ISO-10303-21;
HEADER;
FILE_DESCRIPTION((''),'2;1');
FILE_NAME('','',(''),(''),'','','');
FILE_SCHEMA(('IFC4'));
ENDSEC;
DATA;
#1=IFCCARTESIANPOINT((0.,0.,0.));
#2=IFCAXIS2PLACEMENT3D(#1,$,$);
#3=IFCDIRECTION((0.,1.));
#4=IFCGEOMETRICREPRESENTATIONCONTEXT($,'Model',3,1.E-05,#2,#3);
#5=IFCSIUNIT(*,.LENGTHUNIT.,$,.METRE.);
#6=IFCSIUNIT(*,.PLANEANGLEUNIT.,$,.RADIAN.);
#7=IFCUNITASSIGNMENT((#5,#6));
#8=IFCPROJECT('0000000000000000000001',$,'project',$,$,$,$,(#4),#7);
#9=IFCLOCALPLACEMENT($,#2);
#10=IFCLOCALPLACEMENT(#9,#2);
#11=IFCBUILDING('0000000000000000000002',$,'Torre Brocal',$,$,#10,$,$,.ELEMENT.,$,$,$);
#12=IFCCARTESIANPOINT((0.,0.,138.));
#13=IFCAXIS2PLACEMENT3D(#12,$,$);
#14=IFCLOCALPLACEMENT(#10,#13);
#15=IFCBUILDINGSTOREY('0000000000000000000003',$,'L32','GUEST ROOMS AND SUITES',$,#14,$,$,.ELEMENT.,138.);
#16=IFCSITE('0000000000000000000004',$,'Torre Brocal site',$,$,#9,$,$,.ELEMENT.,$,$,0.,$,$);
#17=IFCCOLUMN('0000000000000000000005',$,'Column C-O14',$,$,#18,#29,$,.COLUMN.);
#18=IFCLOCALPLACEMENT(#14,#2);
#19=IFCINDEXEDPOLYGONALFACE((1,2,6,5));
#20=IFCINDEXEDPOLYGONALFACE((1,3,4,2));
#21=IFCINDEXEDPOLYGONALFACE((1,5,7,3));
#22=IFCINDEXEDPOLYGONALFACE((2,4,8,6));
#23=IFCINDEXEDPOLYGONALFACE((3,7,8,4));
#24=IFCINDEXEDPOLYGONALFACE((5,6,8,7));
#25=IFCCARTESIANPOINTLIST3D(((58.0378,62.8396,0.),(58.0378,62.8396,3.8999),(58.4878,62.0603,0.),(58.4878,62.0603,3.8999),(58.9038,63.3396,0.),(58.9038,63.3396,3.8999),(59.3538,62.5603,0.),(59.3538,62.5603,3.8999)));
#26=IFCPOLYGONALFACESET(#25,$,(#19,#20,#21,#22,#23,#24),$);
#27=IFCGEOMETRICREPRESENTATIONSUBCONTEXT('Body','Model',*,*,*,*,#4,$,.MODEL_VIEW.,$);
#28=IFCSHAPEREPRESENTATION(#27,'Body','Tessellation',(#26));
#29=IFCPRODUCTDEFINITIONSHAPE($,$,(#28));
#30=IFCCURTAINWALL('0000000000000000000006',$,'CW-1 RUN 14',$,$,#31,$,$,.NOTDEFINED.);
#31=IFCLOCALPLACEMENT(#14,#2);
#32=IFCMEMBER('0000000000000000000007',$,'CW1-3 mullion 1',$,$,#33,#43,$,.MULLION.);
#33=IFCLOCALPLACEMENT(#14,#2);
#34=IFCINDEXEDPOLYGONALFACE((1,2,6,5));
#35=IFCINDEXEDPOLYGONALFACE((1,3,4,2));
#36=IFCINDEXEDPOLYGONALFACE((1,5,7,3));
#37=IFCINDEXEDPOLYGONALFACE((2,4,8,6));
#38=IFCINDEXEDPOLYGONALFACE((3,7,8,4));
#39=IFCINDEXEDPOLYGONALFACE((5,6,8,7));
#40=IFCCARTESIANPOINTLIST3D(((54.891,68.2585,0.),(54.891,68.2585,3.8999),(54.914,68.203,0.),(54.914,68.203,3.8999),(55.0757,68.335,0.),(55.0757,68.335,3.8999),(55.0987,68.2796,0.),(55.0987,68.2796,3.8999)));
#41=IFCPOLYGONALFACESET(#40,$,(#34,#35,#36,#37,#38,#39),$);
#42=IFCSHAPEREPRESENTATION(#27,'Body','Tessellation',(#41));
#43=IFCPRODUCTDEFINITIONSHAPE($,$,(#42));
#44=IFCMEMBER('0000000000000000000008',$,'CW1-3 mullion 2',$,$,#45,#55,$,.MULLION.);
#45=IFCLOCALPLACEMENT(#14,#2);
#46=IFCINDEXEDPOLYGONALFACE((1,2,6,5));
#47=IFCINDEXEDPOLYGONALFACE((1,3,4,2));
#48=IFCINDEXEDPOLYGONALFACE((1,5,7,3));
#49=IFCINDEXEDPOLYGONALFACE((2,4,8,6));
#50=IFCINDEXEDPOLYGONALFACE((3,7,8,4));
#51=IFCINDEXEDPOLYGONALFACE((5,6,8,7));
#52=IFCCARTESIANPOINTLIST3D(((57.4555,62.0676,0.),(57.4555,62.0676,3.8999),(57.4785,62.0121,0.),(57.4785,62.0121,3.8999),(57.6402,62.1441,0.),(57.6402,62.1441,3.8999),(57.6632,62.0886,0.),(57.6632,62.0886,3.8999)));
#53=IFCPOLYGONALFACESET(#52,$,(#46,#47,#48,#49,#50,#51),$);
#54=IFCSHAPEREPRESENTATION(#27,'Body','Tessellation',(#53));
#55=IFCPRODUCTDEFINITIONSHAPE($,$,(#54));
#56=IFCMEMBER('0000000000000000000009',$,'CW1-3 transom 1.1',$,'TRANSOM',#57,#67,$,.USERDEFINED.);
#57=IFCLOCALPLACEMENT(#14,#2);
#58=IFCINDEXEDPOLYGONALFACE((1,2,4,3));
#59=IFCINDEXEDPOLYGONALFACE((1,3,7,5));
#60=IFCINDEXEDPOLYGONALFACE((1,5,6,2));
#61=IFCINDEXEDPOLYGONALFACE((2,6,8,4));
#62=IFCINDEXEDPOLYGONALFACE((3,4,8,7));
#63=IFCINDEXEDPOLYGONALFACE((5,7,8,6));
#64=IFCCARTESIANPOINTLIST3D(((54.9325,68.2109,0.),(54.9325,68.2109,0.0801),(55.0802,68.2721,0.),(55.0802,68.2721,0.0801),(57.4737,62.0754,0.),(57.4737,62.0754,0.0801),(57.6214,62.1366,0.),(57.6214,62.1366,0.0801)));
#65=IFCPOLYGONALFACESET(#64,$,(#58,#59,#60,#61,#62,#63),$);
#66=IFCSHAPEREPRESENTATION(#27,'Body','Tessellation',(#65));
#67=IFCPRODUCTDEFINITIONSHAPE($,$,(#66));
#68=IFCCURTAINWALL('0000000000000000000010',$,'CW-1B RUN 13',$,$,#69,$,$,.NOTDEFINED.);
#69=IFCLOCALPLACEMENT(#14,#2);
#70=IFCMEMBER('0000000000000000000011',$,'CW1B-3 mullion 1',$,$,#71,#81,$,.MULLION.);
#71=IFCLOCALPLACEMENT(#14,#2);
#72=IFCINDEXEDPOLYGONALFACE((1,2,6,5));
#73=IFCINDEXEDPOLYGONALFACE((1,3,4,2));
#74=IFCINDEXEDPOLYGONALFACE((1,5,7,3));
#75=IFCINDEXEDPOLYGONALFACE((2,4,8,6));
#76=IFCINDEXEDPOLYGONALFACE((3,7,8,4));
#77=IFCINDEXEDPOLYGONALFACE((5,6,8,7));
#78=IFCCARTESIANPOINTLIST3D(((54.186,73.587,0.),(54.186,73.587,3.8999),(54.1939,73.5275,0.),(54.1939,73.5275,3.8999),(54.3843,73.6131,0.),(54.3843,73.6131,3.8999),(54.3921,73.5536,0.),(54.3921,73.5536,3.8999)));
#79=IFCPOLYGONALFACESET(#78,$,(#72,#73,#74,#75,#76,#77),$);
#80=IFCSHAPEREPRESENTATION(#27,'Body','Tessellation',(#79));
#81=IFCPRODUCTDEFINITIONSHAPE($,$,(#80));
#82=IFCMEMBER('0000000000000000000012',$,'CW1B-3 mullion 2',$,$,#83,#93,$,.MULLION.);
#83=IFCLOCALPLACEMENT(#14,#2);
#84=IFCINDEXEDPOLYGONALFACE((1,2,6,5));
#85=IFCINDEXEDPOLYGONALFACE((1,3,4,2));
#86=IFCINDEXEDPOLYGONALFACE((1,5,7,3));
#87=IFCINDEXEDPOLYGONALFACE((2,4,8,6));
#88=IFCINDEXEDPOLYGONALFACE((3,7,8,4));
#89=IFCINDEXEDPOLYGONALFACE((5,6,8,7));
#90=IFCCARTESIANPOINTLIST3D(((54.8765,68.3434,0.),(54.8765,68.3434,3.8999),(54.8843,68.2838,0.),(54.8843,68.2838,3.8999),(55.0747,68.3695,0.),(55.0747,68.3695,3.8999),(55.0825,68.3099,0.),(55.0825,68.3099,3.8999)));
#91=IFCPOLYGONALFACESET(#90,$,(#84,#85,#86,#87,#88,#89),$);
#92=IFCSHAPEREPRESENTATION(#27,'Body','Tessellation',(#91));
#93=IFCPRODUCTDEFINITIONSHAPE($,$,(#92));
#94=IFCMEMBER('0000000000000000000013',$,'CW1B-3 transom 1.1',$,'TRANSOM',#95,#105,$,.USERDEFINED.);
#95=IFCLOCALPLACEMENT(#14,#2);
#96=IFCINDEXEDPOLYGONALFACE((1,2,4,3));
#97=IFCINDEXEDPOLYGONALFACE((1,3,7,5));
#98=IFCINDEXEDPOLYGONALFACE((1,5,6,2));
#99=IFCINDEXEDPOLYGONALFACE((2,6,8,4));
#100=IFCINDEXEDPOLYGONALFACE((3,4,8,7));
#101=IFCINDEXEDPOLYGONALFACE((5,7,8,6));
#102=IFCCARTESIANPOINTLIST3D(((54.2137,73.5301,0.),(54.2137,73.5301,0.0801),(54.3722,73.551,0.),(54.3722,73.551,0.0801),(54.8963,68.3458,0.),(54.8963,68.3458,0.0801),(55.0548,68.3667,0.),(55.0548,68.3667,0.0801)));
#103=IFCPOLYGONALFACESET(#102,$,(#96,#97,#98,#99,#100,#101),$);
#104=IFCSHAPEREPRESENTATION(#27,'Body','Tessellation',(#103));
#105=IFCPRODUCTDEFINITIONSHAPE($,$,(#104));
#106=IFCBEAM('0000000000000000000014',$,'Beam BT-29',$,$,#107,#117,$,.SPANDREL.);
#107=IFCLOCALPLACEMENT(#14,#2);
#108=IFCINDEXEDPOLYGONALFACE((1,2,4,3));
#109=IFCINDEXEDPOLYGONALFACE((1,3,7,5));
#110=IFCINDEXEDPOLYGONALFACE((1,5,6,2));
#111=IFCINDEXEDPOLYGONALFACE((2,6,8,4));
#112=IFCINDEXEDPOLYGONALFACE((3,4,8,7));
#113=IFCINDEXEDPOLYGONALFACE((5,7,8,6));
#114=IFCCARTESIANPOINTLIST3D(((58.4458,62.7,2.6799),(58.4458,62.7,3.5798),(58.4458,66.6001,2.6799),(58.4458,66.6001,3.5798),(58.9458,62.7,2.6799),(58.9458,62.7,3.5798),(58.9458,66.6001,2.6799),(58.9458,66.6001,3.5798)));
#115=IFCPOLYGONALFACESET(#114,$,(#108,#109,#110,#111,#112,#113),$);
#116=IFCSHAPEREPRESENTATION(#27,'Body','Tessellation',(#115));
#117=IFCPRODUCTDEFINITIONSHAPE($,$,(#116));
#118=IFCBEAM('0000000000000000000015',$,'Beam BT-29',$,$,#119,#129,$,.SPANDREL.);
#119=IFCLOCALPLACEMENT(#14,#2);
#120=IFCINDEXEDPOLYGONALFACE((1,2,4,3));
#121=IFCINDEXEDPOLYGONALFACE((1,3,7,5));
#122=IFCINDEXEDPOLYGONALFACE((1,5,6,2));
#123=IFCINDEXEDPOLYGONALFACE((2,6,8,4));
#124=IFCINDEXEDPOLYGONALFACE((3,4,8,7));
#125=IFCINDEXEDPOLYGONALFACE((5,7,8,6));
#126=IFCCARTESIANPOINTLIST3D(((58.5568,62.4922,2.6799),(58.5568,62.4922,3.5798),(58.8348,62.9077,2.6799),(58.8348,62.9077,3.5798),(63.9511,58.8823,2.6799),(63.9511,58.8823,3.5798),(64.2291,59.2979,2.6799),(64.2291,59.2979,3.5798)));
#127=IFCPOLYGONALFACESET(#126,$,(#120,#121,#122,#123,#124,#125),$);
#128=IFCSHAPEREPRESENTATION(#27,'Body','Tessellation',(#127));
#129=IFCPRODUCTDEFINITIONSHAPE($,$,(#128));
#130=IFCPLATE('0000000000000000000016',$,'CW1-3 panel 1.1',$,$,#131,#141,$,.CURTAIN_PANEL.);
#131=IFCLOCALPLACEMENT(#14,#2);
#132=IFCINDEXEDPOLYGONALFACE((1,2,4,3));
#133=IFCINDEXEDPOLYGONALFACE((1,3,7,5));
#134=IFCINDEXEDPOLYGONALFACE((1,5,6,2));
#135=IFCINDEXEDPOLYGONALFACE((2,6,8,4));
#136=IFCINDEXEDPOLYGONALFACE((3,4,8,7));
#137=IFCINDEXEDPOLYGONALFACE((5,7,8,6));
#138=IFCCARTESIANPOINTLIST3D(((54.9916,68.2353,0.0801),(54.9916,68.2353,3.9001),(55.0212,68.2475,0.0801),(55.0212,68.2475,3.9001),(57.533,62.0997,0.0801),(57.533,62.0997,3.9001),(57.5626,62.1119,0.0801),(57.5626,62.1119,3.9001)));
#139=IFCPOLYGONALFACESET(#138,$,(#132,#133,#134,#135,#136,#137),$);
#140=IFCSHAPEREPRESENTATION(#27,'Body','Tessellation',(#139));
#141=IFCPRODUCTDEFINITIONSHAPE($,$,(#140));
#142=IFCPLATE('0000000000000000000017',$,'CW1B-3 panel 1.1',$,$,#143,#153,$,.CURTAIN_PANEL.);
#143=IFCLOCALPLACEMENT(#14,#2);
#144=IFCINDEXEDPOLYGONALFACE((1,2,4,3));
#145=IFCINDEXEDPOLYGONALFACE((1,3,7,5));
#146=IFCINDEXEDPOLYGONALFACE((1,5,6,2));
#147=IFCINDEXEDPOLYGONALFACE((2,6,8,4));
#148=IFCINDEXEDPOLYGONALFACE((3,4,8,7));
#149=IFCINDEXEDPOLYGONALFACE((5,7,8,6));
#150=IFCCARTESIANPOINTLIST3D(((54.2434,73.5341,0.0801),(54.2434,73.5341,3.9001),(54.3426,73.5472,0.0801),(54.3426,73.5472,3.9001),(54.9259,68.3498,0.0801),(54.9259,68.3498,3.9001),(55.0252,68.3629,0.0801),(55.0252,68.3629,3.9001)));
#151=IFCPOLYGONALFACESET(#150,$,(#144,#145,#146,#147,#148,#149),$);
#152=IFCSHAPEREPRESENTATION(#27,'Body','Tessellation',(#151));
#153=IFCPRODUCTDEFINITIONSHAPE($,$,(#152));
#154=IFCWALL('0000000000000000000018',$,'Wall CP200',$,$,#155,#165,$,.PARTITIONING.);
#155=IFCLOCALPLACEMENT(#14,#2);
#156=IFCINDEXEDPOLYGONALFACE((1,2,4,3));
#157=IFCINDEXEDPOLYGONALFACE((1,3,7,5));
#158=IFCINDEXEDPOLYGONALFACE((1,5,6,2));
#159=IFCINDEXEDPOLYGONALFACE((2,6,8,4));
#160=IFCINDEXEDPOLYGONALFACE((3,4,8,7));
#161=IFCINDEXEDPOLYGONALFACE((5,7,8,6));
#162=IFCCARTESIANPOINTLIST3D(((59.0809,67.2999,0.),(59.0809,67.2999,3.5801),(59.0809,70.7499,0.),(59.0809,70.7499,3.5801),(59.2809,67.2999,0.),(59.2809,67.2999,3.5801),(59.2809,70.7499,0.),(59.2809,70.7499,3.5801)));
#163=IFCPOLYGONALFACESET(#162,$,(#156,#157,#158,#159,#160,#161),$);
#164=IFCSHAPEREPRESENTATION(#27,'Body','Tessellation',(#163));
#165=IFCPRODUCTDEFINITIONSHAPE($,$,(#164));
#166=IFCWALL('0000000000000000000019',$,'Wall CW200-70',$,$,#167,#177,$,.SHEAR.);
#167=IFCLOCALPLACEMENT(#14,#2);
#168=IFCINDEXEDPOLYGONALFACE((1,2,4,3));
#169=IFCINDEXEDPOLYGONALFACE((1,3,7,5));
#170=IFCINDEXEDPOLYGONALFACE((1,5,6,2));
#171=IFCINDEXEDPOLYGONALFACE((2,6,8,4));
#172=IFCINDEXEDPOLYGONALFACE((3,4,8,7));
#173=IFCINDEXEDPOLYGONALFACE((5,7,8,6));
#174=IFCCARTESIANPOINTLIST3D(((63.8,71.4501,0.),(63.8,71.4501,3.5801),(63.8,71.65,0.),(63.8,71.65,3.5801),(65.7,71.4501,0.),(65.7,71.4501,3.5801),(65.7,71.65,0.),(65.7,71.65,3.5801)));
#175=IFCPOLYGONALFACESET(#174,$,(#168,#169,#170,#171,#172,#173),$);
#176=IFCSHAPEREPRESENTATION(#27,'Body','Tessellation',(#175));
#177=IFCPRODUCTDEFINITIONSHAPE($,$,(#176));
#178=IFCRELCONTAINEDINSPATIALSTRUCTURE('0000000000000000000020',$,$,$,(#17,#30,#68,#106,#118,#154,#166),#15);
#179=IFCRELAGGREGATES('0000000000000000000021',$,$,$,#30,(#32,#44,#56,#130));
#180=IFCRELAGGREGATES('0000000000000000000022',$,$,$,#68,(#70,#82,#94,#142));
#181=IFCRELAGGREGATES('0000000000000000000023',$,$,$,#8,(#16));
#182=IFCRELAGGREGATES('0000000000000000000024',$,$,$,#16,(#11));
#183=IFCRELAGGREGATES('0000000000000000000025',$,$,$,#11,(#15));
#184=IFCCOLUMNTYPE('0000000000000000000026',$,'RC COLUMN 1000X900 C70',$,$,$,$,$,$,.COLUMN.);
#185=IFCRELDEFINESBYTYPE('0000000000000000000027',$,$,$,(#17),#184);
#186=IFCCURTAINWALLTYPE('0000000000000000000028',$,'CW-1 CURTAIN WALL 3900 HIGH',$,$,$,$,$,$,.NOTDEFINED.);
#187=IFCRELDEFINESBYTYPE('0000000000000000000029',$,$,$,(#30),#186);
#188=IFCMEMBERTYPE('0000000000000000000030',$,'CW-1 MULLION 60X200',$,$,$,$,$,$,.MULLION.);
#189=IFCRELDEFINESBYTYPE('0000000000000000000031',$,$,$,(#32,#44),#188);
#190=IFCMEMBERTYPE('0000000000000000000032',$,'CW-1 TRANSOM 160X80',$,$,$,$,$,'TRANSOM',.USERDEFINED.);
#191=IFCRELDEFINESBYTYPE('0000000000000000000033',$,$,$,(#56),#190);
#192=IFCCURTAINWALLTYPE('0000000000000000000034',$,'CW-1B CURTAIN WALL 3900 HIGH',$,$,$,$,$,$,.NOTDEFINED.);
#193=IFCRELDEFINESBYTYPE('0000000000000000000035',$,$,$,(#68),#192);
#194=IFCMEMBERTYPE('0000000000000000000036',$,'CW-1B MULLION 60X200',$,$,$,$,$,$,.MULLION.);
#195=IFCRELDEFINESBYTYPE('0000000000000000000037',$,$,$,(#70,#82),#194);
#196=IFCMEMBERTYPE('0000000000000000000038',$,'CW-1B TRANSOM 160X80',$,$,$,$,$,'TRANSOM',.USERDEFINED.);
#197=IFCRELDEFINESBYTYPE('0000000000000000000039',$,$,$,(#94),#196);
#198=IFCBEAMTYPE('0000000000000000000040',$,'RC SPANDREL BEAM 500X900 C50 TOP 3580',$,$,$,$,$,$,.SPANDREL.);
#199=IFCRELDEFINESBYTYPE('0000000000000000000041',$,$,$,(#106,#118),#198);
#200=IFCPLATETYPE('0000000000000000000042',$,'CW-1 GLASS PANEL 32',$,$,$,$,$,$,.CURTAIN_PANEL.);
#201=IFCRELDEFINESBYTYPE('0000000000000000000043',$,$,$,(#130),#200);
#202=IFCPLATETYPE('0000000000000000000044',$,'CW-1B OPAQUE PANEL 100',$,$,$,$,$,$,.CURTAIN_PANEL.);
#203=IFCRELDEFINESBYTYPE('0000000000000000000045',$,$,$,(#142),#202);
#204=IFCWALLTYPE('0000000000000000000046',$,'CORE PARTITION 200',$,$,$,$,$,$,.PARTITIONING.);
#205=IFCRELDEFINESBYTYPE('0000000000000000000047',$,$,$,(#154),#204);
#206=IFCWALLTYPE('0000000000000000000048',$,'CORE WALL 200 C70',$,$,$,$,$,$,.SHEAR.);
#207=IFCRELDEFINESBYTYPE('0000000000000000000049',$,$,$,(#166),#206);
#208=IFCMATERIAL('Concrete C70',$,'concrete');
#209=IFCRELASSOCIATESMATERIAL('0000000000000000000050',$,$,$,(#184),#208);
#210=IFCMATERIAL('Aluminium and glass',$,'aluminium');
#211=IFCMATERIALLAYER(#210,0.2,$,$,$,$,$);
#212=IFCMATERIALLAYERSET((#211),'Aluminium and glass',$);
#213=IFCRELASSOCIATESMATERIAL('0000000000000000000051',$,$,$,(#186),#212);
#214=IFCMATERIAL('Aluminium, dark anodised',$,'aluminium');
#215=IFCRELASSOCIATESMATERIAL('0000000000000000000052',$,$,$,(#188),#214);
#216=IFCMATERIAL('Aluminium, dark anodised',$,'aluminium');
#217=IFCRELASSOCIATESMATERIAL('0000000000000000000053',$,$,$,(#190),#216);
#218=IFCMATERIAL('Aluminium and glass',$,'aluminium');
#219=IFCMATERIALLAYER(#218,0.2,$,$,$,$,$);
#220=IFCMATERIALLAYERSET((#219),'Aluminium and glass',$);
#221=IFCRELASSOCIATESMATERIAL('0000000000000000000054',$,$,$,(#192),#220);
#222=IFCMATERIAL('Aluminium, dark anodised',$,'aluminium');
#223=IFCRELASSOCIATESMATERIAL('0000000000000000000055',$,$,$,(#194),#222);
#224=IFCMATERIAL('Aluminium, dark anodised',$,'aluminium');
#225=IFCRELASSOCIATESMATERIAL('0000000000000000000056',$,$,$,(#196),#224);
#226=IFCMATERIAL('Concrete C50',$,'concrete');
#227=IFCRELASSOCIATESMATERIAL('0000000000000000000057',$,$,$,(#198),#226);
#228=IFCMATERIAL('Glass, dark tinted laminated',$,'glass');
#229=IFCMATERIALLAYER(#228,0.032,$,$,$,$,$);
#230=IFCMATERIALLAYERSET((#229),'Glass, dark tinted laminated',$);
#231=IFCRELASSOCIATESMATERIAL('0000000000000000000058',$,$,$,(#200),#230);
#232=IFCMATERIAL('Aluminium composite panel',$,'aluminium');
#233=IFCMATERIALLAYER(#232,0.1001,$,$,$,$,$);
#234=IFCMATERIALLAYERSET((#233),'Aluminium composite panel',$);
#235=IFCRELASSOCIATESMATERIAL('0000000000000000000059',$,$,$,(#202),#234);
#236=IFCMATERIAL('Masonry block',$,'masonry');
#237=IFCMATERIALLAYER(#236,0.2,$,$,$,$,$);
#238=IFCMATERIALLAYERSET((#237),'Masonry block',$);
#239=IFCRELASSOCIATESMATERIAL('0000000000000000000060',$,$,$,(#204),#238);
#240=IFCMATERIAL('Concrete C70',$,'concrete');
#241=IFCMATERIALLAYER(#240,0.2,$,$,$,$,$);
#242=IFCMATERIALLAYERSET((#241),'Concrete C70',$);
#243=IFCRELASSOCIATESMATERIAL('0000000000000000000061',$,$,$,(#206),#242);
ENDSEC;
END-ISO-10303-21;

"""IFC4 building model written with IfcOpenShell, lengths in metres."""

from ifc_helpers import new_model, si_unit, direction, frame, frame_2d, origin, origin_2d, place, context, subcontext, project, spatial, rectangle, extrude, material, layer, layer_set, material_profile, profile_set, type_object, element, aggregate, save


model = new_model("IFC4")

# Units and contexts
model_context = context("Model", 3, precision=1e-05, world=origin(), true_north=direction((0.0, 1.0)))
body_context = subcontext(model_context, "Body", "Model", "MODEL_VIEW")
ifc_project = project(units=[si_unit("LENGTHUNIT", "METRE"), si_unit("PLANEANGLEUNIT", "RADIAN")], contexts=[model_context])

# Site, building, storey
site_placement = place(None, origin())
site = spatial("IfcSite", under=ifc_project, at=site_placement, Name="Torre Brocal site", CompositionType="ELEMENT", RefElevation=0.0)
building_placement = place(site_placement, origin())
building = spatial("IfcBuilding", under=site, at=building_placement, Name="Torre Brocal", CompositionType="ELEMENT")
storey_placement = place(building_placement, frame((0.0, 0.0, 138.0)))
storey = spatial("IfcBuildingStorey", under=building, at=storey_placement, Name="L32", Description="GUEST ROOMS AND SUITES", CompositionType="ELEMENT", Elevation=138.0)

# Column
ifc_material_1 = material(Name="Concrete C70", Category="concrete")
ifc_material_profile_1 = material_profile(ifc_material_1, rectangle(XDim=1.0, YDim=0.8999, at=origin_2d()), Name="RC 1000X900")
ifc_profile_set_1 = profile_set([ifc_material_profile_1], Name="Concrete C70")
column_type = type_object("IfcColumnType", Name="RC COLUMN 1000X900 C70", PredefinedType="COLUMN", material=ifc_profile_set_1)
column_placement = place(storey_placement, frame((58.6958, 62.7, 0.0), z_axis=(0.0, 0.0, 1.0), x_axis=(-0.866025, -0.5, 0.0)))
element("IfcColumn", 1, at=column_placement, inside=storey, type_object=column_type, Name="Column C-O14", PredefinedType="COLUMN", context=body_context, shape_type="SweptSolid", body=[
    extrude(rectangle(XDim=1.0, YDim=0.8999, at=origin_2d()), origin(), (0.0, 0.0, 1.0), 3.8999),
])

# Curtain walls, members
ifc_material_2 = material(Name="Aluminium and glass", Category="aluminium")
ifc_layer_1 = layer(ifc_material_2, 0.2)
ifc_layer_set_1 = layer_set([ifc_layer_1], Name="Aluminium and glass")
curtain_wall_type_1 = type_object("IfcCurtainWallType", Name="CW-1 CURTAIN WALL 3900 HIGH", PredefinedType="NOTDEFINED", material=ifc_layer_set_1)
curtain_wall_1_placement = place(storey_placement, origin())
curtain_wall_1 = element("IfcCurtainWall", 2, at=curtain_wall_1_placement, inside=storey, type_object=curtain_wall_type_1, Name="CW-1 RUN 14", PredefinedType="NOTDEFINED")
ifc_material_3 = material(Name="Aluminium, dark anodised", Category="aluminium")
ifc_material_profile_2 = material_profile(ifc_material_3, rectangle(XDim=0.2, YDim=0.0601, at=origin_2d()), Name="CW-1 MULLION 60X200")
ifc_profile_set_2 = profile_set([ifc_material_profile_2], Name="Aluminium, dark anodised")
member_type_1 = type_object("IfcMemberType", Name="CW-1 MULLION 60X200", PredefinedType="MULLION", material=ifc_profile_set_2)
member_1_placement = place(storey_placement, frame((54.9949, 68.269, 0.0), z_axis=(0.0, 0.0, 1.0), x_axis=(0.92388, 0.382683, 0.0)))
member_1 = element("IfcMember", 3, at=member_1_placement, type_object=member_type_1, Name="CW1-3 mullion 1", PredefinedType="MULLION", context=body_context, shape_type="SweptSolid", body=[
    extrude(rectangle(XDim=0.2, YDim=0.0601, at=origin_2d()), origin(), (0.0, 0.0, 1.0), 3.8999),
])
member_2_placement = place(storey_placement, frame((57.5593, 62.0781, 0.0), z_axis=(0.0, 0.0, 1.0), x_axis=(0.92388, 0.382683, 0.0)))
member_2 = element("IfcMember", 4, at=member_2_placement, type_object=member_type_1, Name="CW1-3 mullion 2", PredefinedType="MULLION", context=body_context, shape_type="SweptSolid", body=[
    extrude(rectangle(XDim=0.2, YDim=0.0601, at=origin_2d()), origin(), (0.0, 0.0, 1.0), 3.8999),
])
ifc_material_4 = material(Name="Aluminium, dark anodised", Category="aluminium")
ifc_material_profile_3 = material_profile(ifc_material_4, rectangle(XDim=0.1599, YDim=0.0801, at=origin_2d()), Name="CW-1 TRANSOM 160X80")
ifc_profile_set_3 = profile_set([ifc_material_profile_3], Name="Aluminium, dark anodised")
member_type_2 = type_object("IfcMemberType", Name="CW-1 TRANSOM 160X80", ElementType="TRANSOM", PredefinedType="USERDEFINED", material=ifc_profile_set_3)
member_3_placement = place(storey_placement, frame((55.0063, 68.2415, 0.04), z_axis=(0.382665, -0.923887, 0.0), x_axis=(0.923887, 0.382665, 0.0)))
member_3 = element("IfcMember", 5, at=member_3_placement, type_object=member_type_2, Name="CW1-3 transom 1.1", ObjectType="TRANSOM", PredefinedType="USERDEFINED", context=body_context, shape_type="SweptSolid", body=[
    extrude(rectangle(XDim=0.1599, YDim=0.0801, at=origin_2d()), origin(), (0.0, 0.0, 1.0), 6.6409),
])
ifc_material_5 = material(Name="Aluminium and glass", Category="aluminium")
ifc_layer_2 = layer(ifc_material_5, 0.2)
ifc_layer_set_2 = layer_set([ifc_layer_2], Name="Aluminium and glass")
curtain_wall_type_2 = type_object("IfcCurtainWallType", Name="CW-1B CURTAIN WALL 3900 HIGH", PredefinedType="NOTDEFINED", material=ifc_layer_set_2)
curtain_wall_2_placement = place(storey_placement, origin())
curtain_wall_2 = element("IfcCurtainWall", 6, at=curtain_wall_2_placement, inside=storey, type_object=curtain_wall_type_2, Name="CW-1B RUN 13", PredefinedType="NOTDEFINED")
ifc_material_6 = material(Name="Aluminium, dark anodised", Category="aluminium")
ifc_material_profile_4 = material_profile(ifc_material_6, rectangle(XDim=0.2, YDim=0.0601, at=origin_2d()), Name="CW-1B MULLION 60X200")
ifc_profile_set_4 = profile_set([ifc_material_profile_4], Name="Aluminium, dark anodised")
member_type_3 = type_object("IfcMemberType", Name="CW-1B MULLION 60X200", PredefinedType="MULLION", material=ifc_profile_set_4)
member_4_placement = place(storey_placement, frame((54.2891, 73.5703, 0.0), z_axis=(0.0, 0.0, 1.0), x_axis=(0.991445, 0.130526, 0.0)))
member_4 = element("IfcMember", 7, at=member_4_placement, type_object=member_type_3, Name="CW1B-3 mullion 1", PredefinedType="MULLION", context=body_context, shape_type="SweptSolid", body=[
    extrude(rectangle(XDim=0.2, YDim=0.0601, at=origin_2d()), origin(), (0.0, 0.0, 1.0), 3.8999),
])
member_5_placement = place(storey_placement, frame((54.9795, 68.3267, 0.0), z_axis=(0.0, 0.0, 1.0), x_axis=(0.991445, 0.130526, 0.0)))
member_5 = element("IfcMember", 8, at=member_5_placement, type_object=member_type_3, Name="CW1B-3 mullion 2", PredefinedType="MULLION", context=body_context, shape_type="SweptSolid", body=[
    extrude(rectangle(XDim=0.2, YDim=0.0601, at=origin_2d()), origin(), (0.0, 0.0, 1.0), 3.8999),
])
ifc_material_7 = material(Name="Aluminium, dark anodised", Category="aluminium")
ifc_material_profile_5 = material_profile(ifc_material_7, rectangle(XDim=0.1599, YDim=0.0801, at=origin_2d()), Name="CW-1B TRANSOM 160X80")
ifc_profile_set_5 = profile_set([ifc_material_profile_5], Name="Aluminium, dark anodised")
member_type_4 = type_object("IfcMemberType", Name="CW-1B TRANSOM 160X80", ElementType="TRANSOM", PredefinedType="USERDEFINED", material=ifc_profile_set_5)
member_6_placement = place(storey_placement, frame((54.293, 73.5405, 0.04), z_axis=(0.130543, -0.991443, 0.0), x_axis=(0.991443, 0.130543, 0.0)))
member_6 = element("IfcMember", 9, at=member_6_placement, type_object=member_type_4, Name="CW1B-3 transom 1.1", ObjectType="TRANSOM", PredefinedType="USERDEFINED", context=body_context, shape_type="SweptSolid", body=[
    extrude(rectangle(XDim=0.1599, YDim=0.0801, at=origin_2d()), origin(), (0.0, 0.0, 1.0), 5.229),
])

# Beams
ifc_material_8 = material(Name="Concrete C50", Category="concrete")
ifc_material_profile_6 = material_profile(ifc_material_8, rectangle(XDim=0.5, YDim=0.8999, at=origin_2d()), Name="RC 500X900")
ifc_profile_set_6 = profile_set([ifc_material_profile_6], Name="Concrete C50")
beam_type = type_object("IfcBeamType", Name="RC SPANDREL BEAM 500X900 C50 TOP 3580", PredefinedType="SPANDREL", material=ifc_profile_set_6)
beam_1_placement = place(storey_placement, frame((58.6958, 62.7, 3.1299), z_axis=(0.0, 1.0, 0.0), x_axis=(-1.0, 0.0, 0.0)))
element("IfcBeam", 10, at=beam_1_placement, inside=storey, type_object=beam_type, Name="Beam BT-29", PredefinedType="SPANDREL", context=body_context, shape_type="SweptSolid", body=[
    extrude(rectangle(XDim=0.5, YDim=0.8999, at=origin_2d()), origin(), (0.0, 0.0, 1.0), 3.9001),
])
beam_2_placement = place(storey_placement, frame((58.6958, 62.7, 3.1299), z_axis=(0.831077, -0.556158, 0.0), x_axis=(0.556158, 0.831077, 0.0)))
element("IfcBeam", 11, at=beam_2_placement, inside=storey, type_object=beam_type, Name="Beam BT-29", PredefinedType="SPANDREL", context=body_context, shape_type="SweptSolid", body=[
    extrude(rectangle(XDim=0.5, YDim=0.8999, at=origin_2d()), origin(), (0.0, 0.0, 1.0), 6.4907),
])

# Plates
ifc_material_9 = material(Name="Glass, dark tinted laminated", Category="glass")
ifc_layer_3 = layer(ifc_material_9, 0.032)
ifc_layer_set_3 = layer_set([ifc_layer_3], Name="Glass, dark tinted laminated")
plate_type_1 = type_object("IfcPlateType", Name="CW-1 GLASS PANEL 32", PredefinedType="CURTAIN_PANEL", material=ifc_layer_set_3)
plate_1_placement = place(storey_placement, frame((56.2771, 65.1736, 0.0801), z_axis=(0.0, 0.0, 1.0), x_axis=(0.382683, -0.92388, 0.0)))
plate_1 = element("IfcPlate", 12, at=plate_1_placement, type_object=plate_type_1, Name="CW1-3 panel 1.1", PredefinedType="CURTAIN_PANEL", context=body_context, shape_type="SweptSolid", body=[
    extrude(rectangle(XDim=6.6411, YDim=0.032, at=origin_2d()), origin(), (0.0, 0.0, 1.0), 3.8201),
])
aggregate(curtain_wall_1, [member_1, member_2, member_3, plate_1])
ifc_material_10 = material(Name="Aluminium composite panel", Category="aluminium")
ifc_layer_4 = layer(ifc_material_10, 0.1001)
ifc_layer_set_4 = layer_set([ifc_layer_4], Name="Aluminium composite panel")
plate_type_2 = type_object("IfcPlateType", Name="CW-1B OPAQUE PANEL 100", PredefinedType="CURTAIN_PANEL", material=ifc_layer_set_4)
plate_2_placement = place(storey_placement, frame((54.6343, 70.9485, 0.0801), z_axis=(0.0, 0.0, 1.0), x_axis=(0.130526, -0.991445, 0.0)))
plate_2 = element("IfcPlate", 13, at=plate_2_placement, type_object=plate_type_2, Name="CW1B-3 panel 1.1", PredefinedType="CURTAIN_PANEL", context=body_context, shape_type="SweptSolid", body=[
    extrude(rectangle(XDim=5.229, YDim=0.1001, at=origin_2d()), origin(), (0.0, 0.0, 1.0), 3.8201),
])
aggregate(curtain_wall_2, [member_4, member_5, member_6, plate_2])

# Walls
ifc_material_11 = material(Name="Masonry block", Category="masonry")
ifc_layer_5 = layer(ifc_material_11, 0.2)
ifc_layer_set_5 = layer_set([ifc_layer_5], Name="Masonry block")
wall_type_1 = type_object("IfcWallType", Name="CORE PARTITION 200", PredefinedType="PARTITIONING", material=ifc_layer_set_5)
wall_1_placement = place(storey_placement, frame((59.1809, 70.75, 0.0), z_axis=(0.0, 0.0, 1.0), x_axis=(0.0, -1.0, 0.0)))
element("IfcWall", 14, at=wall_1_placement, inside=storey, type_object=wall_type_1, Name="Wall CP200", PredefinedType="PARTITIONING", context=body_context, shape_type="SweptSolid", body=[
    extrude(rectangle(XDim=3.45, YDim=0.2, at=frame_2d((1.7251, 0.0))), origin(), (0.0, 0.0, 1.0), 3.5801),
])
ifc_material_12 = material(Name="Concrete C70", Category="concrete")
ifc_layer_6 = layer(ifc_material_12, 0.2)
ifc_layer_set_6 = layer_set([ifc_layer_6], Name="Concrete C70")
wall_type_2 = type_object("IfcWallType", Name="CORE WALL 200 C70", PredefinedType="SHEAR", material=ifc_layer_set_6)
wall_2_placement = place(storey_placement, frame((65.7, 71.55, 0.0), z_axis=(0.0, 0.0, 1.0), x_axis=(-1.0, 0.0, 0.0)))
element("IfcWall", 15, at=wall_2_placement, inside=storey, type_object=wall_type_2, Name="Wall CW200-70", PredefinedType="SHEAR", context=body_context, shape_type="SweptSolid", body=[
    extrude(rectangle(XDim=1.8999, YDim=0.2, at=frame_2d((0.95, 0.0))), origin(), (0.0, 0.0, 1.0), 3.5801),
])

save(model, "model.ifc")
